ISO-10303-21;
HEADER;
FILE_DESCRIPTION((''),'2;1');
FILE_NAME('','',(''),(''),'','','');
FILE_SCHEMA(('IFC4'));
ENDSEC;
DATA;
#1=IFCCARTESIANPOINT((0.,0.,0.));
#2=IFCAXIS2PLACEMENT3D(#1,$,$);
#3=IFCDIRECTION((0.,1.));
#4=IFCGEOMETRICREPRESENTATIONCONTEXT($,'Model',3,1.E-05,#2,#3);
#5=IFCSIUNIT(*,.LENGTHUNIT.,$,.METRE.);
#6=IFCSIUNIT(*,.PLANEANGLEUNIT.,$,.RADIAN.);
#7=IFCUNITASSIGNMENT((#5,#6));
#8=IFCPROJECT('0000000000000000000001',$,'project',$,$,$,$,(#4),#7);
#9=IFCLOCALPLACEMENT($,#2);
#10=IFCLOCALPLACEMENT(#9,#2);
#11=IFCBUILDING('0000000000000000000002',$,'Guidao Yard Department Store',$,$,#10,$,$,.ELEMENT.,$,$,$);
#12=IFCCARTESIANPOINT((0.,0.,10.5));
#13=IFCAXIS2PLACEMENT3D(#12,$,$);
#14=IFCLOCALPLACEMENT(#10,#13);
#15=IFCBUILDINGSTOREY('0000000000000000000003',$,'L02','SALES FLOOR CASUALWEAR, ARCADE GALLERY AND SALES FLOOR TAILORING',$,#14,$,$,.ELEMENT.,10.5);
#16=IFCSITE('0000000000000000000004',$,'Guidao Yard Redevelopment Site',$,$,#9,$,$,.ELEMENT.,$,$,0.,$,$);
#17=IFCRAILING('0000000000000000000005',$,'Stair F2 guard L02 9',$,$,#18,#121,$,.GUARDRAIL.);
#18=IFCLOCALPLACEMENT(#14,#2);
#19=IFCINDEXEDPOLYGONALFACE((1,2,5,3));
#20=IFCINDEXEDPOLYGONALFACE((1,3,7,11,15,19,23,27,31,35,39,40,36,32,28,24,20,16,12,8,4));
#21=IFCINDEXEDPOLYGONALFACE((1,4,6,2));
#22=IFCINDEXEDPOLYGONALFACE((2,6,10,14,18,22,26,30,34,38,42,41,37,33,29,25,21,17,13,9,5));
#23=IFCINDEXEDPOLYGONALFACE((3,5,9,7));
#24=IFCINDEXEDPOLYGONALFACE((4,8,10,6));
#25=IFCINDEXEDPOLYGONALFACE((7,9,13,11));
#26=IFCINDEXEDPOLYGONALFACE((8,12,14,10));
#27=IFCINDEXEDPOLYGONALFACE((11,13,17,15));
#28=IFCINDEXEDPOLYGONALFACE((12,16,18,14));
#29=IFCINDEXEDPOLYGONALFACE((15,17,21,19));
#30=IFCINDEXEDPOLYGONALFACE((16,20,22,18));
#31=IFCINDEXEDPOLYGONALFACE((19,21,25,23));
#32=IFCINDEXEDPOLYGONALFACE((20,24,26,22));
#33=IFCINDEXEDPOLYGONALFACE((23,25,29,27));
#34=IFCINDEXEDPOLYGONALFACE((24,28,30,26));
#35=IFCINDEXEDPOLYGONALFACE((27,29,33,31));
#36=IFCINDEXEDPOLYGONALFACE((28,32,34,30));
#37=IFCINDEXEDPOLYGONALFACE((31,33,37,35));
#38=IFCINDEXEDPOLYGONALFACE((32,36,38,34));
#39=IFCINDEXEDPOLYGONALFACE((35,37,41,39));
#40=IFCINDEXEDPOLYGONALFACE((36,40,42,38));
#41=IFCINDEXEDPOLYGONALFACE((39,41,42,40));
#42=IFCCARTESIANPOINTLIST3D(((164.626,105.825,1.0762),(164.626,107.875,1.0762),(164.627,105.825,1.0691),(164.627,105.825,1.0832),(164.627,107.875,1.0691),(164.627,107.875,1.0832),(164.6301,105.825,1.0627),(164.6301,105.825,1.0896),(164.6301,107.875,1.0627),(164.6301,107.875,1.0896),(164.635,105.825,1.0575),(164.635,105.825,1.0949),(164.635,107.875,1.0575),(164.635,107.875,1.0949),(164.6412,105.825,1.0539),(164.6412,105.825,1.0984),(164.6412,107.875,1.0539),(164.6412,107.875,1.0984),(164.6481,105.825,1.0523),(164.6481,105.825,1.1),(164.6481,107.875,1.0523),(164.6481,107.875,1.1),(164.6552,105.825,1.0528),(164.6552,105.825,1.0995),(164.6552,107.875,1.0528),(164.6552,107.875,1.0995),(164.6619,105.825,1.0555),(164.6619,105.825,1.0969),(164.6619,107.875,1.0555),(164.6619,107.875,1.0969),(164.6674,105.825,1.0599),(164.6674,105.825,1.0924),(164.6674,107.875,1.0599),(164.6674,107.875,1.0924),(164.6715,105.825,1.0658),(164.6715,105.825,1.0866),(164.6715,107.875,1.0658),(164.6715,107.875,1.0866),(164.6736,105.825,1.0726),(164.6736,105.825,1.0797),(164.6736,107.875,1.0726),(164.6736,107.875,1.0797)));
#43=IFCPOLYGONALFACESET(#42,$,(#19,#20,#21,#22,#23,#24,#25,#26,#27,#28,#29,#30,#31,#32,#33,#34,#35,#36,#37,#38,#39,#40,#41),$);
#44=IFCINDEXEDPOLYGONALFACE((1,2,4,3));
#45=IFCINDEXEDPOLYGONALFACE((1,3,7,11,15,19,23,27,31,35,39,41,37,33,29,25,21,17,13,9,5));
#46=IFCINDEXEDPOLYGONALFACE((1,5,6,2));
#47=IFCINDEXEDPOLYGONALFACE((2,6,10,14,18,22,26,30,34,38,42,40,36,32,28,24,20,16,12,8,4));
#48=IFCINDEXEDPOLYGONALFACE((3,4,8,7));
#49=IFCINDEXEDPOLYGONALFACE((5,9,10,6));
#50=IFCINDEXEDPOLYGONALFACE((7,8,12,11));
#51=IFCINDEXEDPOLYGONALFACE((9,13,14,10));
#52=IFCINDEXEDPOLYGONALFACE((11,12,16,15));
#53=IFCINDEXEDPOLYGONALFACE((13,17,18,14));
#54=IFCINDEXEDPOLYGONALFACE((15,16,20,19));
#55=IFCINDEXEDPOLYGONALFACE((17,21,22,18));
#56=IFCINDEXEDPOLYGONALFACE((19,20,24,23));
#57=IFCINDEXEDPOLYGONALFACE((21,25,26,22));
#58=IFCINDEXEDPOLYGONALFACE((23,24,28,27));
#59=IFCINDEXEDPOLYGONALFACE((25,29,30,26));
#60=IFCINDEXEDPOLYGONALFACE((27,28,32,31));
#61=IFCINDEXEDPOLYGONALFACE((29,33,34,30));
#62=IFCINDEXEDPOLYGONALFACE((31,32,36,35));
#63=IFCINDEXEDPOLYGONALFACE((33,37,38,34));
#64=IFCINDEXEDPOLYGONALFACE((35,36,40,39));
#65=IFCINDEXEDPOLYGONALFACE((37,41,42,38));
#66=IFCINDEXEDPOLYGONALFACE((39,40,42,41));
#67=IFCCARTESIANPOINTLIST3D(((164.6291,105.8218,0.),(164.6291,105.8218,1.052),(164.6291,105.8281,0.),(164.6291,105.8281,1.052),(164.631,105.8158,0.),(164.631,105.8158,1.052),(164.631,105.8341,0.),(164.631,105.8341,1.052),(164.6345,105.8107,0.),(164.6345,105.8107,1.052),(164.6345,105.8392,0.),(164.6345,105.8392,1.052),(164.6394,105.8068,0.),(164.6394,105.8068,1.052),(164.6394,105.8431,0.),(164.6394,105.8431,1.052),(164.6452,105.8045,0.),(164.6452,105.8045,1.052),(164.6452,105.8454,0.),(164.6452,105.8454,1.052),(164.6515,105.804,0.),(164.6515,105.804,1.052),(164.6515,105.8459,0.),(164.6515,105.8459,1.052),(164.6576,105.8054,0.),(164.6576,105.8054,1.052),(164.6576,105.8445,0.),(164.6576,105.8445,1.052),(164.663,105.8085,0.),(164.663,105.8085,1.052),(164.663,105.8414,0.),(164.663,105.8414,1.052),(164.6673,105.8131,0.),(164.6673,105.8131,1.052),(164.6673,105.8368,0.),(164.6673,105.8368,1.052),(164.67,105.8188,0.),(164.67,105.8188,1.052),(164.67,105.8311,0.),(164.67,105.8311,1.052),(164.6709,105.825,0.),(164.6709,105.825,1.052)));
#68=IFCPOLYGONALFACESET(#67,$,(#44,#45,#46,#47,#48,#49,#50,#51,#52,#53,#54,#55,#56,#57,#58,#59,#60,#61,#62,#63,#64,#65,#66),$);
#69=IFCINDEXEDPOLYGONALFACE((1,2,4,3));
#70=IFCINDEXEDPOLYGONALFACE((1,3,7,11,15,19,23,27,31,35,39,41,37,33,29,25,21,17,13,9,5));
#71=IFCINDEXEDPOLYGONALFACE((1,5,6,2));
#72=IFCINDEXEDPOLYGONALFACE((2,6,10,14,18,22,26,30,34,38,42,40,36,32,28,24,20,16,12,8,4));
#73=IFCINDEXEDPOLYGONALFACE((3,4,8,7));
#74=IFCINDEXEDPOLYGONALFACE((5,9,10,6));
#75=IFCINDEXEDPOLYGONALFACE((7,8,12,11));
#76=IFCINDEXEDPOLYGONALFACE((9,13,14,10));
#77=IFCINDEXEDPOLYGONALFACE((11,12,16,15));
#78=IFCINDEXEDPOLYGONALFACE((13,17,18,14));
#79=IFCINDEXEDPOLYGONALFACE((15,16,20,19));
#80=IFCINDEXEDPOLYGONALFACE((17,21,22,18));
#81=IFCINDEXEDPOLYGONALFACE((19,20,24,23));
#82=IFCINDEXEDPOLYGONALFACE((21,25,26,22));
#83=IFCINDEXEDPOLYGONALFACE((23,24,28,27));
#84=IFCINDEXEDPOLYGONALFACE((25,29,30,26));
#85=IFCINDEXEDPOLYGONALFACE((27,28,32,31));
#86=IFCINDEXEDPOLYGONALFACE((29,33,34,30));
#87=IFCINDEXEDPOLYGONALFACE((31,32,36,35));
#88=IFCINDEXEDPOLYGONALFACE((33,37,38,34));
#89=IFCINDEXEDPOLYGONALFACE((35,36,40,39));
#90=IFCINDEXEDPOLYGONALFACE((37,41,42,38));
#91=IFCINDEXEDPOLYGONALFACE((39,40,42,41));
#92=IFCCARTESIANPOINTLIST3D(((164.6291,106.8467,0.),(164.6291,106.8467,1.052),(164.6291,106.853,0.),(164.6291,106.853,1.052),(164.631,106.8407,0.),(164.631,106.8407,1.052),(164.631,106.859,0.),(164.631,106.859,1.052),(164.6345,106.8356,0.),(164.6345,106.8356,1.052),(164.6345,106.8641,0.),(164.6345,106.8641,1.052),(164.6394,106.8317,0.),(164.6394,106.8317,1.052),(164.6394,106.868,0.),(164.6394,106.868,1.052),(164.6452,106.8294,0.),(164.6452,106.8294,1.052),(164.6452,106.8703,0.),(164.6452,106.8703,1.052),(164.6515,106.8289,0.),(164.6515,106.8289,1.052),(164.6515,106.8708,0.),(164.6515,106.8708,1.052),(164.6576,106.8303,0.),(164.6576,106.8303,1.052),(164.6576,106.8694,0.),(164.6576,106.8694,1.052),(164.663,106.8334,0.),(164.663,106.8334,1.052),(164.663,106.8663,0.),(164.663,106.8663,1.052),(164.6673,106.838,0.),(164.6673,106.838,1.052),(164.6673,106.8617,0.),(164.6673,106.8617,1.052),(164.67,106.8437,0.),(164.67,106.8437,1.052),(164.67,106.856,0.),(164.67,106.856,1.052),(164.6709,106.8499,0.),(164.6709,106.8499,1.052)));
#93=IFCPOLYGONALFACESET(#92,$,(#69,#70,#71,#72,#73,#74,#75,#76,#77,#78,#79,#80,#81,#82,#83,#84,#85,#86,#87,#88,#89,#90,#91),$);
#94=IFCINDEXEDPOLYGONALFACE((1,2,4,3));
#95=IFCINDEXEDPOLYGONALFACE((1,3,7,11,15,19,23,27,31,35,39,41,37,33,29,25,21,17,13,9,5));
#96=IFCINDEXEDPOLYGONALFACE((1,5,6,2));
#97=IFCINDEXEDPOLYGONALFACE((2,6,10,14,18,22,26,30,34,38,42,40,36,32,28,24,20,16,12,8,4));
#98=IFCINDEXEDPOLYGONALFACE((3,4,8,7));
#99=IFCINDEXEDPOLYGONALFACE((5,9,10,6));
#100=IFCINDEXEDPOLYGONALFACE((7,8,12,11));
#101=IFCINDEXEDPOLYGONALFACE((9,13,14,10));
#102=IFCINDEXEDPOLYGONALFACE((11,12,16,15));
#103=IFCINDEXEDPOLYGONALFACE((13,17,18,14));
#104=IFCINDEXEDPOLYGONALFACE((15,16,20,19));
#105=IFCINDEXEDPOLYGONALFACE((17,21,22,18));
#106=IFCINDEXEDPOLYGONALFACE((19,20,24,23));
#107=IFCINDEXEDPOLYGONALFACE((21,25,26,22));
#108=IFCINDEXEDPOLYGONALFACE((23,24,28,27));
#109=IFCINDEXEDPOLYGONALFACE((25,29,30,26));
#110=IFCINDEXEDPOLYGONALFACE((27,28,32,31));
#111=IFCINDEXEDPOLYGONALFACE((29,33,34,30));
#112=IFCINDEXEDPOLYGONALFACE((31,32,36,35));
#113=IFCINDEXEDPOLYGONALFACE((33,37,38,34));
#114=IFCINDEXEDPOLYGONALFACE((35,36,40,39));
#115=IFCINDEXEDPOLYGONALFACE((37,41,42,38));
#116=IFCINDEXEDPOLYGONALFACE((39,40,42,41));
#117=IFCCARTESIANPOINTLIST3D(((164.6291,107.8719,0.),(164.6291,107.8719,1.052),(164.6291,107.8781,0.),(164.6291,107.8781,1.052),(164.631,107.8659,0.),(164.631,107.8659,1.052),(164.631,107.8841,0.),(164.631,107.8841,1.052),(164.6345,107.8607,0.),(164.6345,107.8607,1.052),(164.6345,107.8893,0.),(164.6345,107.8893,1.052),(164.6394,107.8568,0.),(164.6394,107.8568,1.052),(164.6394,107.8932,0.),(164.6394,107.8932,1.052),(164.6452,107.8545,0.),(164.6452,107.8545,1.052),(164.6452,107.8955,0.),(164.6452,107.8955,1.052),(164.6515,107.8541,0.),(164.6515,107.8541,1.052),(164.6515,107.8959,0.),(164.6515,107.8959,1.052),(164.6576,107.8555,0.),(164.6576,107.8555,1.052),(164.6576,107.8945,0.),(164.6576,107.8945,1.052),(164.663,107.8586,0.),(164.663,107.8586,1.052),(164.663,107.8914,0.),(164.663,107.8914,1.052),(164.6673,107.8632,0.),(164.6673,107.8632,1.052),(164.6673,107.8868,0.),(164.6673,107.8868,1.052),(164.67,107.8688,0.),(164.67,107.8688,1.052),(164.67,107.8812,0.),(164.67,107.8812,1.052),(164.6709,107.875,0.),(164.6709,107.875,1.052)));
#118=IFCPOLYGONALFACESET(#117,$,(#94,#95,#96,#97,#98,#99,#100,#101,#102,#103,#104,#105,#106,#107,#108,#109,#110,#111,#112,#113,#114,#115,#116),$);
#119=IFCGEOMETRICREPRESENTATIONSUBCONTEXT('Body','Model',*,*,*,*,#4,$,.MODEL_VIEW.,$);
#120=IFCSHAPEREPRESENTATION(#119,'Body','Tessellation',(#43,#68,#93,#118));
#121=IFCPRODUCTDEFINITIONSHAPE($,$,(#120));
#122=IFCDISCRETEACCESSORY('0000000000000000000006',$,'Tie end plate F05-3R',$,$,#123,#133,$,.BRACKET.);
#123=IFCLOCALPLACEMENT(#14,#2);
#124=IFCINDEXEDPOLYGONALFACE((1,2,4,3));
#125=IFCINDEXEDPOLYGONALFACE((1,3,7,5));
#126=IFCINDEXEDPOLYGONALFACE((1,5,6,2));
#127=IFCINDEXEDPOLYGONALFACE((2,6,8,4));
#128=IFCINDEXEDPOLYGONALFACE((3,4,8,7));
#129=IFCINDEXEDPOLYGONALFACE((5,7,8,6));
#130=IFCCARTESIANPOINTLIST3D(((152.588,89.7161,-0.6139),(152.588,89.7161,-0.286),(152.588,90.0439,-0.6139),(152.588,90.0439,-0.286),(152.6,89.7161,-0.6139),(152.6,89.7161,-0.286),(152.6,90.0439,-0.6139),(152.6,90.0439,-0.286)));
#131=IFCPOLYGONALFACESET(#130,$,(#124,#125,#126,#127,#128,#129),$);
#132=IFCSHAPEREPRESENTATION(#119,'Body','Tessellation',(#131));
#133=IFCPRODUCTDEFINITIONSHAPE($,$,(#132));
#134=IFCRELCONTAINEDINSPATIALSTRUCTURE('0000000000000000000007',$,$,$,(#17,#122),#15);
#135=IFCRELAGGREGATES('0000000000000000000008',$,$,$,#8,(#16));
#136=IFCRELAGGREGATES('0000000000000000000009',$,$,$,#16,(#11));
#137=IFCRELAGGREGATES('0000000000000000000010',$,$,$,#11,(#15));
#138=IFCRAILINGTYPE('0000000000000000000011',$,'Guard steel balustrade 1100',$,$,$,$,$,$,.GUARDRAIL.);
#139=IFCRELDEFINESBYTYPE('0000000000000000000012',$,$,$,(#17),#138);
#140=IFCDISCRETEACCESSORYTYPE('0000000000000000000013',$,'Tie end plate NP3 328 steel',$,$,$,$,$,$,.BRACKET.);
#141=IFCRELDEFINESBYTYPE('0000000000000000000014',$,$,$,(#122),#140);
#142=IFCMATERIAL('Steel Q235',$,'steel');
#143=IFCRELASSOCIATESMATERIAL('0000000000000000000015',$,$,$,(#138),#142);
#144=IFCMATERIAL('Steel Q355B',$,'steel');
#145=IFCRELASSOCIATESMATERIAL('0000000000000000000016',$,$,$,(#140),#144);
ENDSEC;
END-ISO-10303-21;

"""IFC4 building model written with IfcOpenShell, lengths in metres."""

from ifc_helpers import new_model, si_unit, direction, frame, origin, origin_2d, place, context, subcontext, project, spatial, rectangle, circle, extrude, material, material_profile, profile_set, type_object, element, save


model = new_model("IFC4")

# Units and contexts
model_context = context("Model", 3, precision=1e-05, world=origin(), true_north=direction((0.0, 1.0)))
body_context = subcontext(model_context, "Body", "Model", "MODEL_VIEW")
ifc_project = project(units=[si_unit("LENGTHUNIT", "METRE"), si_unit("PLANEANGLEUNIT", "RADIAN")], contexts=[model_context])

# Site, building, storey
site_placement = place(None, origin())
site = spatial("IfcSite", under=ifc_project, at=site_placement, Name="Guidao Yard Redevelopment Site", CompositionType="ELEMENT", RefElevation=0.0)
building_placement = place(site_placement, origin())
building = spatial("IfcBuilding", under=site, at=building_placement, Name="Guidao Yard Department Store", CompositionType="ELEMENT")
storey_placement = place(building_placement, frame((0.0, 0.0, 10.5)))
storey = spatial("IfcBuildingStorey", under=building, at=storey_placement, Name="L02", Description="SALES FLOOR CASUALWEAR, ARCADE GALLERY AND SALES FLOOR TAILORING", CompositionType="ELEMENT", Elevation=10.5)

# Railing
ifc_material_1 = material(Name="Steel Q235", Category="steel")
railing_type_1 = type_object("IfcRailingType", Name="Guard steel balustrade 1100", PredefinedType="GUARDRAIL", material=ifc_material_1)
railing_1_placement = place(storey_placement, frame((164.6499, 105.825, 0.0)))
element("IfcRailing", 1, at=railing_1_placement, inside=storey, type_object=railing_type_1, Name="Stair F2 guard L02 9", PredefinedType="GUARDRAIL", context=body_context, shape_type="SweptSolid", body=[
    extrude(circle(Radius=0.0239, at=origin_2d()), frame((0.0, 0.0, 1.0762), z_axis=(0.0, 1.0, 0.0), x_axis=(-1.0, 0.0, 0.0)), (0.0, 0.0, 1.0), 2.05),
    extrude(circle(Radius=0.021, at=origin_2d()), origin(), (0.0, 0.0, 1.0), 1.052),
    extrude(circle(Radius=0.021, at=origin_2d()), frame((0.0, 1.0249, 0.0)), (0.0, 0.0, 1.0), 1.052),
    extrude(circle(Radius=0.021, at=origin_2d()), frame((0.0, 2.05, 0.0)), (0.0, 0.0, 1.0), 1.052),
])

# Discrete accessory
ifc_material_2 = material(Name="Steel Q355B", Category="steel")
ifc_material_profile_1 = material_profile(ifc_material_2, rectangle(XDim=0.3279, YDim=0.012, at=origin_2d()), Name="Node plate 328x12")
ifc_profile_set_1 = profile_set([ifc_material_profile_1], Name="Steel Q355B")
discrete_accessory_type = type_object("IfcDiscreteAccessoryType", Name="Tie end plate NP3 328 steel", PredefinedType="BRACKET", material=ifc_profile_set_1)
discrete_accessory_placement = place(storey_placement, frame((152.594, 89.7161, -0.45), z_axis=(0.0, 1.0, 0.0), x_axis=(0.0, 0.0, 1.0)))
element("IfcDiscreteAccessory", 2, at=discrete_accessory_placement, inside=storey, type_object=discrete_accessory_type, Name="Tie end plate F05-3R", PredefinedType="BRACKET", context=body_context, shape_type="SweptSolid", body=[
    extrude(rectangle(XDim=0.3279, YDim=0.012, at=origin_2d()), origin(), (0.0, 0.0, 1.0), 0.3279),
])

save(model, "model.ifc")
